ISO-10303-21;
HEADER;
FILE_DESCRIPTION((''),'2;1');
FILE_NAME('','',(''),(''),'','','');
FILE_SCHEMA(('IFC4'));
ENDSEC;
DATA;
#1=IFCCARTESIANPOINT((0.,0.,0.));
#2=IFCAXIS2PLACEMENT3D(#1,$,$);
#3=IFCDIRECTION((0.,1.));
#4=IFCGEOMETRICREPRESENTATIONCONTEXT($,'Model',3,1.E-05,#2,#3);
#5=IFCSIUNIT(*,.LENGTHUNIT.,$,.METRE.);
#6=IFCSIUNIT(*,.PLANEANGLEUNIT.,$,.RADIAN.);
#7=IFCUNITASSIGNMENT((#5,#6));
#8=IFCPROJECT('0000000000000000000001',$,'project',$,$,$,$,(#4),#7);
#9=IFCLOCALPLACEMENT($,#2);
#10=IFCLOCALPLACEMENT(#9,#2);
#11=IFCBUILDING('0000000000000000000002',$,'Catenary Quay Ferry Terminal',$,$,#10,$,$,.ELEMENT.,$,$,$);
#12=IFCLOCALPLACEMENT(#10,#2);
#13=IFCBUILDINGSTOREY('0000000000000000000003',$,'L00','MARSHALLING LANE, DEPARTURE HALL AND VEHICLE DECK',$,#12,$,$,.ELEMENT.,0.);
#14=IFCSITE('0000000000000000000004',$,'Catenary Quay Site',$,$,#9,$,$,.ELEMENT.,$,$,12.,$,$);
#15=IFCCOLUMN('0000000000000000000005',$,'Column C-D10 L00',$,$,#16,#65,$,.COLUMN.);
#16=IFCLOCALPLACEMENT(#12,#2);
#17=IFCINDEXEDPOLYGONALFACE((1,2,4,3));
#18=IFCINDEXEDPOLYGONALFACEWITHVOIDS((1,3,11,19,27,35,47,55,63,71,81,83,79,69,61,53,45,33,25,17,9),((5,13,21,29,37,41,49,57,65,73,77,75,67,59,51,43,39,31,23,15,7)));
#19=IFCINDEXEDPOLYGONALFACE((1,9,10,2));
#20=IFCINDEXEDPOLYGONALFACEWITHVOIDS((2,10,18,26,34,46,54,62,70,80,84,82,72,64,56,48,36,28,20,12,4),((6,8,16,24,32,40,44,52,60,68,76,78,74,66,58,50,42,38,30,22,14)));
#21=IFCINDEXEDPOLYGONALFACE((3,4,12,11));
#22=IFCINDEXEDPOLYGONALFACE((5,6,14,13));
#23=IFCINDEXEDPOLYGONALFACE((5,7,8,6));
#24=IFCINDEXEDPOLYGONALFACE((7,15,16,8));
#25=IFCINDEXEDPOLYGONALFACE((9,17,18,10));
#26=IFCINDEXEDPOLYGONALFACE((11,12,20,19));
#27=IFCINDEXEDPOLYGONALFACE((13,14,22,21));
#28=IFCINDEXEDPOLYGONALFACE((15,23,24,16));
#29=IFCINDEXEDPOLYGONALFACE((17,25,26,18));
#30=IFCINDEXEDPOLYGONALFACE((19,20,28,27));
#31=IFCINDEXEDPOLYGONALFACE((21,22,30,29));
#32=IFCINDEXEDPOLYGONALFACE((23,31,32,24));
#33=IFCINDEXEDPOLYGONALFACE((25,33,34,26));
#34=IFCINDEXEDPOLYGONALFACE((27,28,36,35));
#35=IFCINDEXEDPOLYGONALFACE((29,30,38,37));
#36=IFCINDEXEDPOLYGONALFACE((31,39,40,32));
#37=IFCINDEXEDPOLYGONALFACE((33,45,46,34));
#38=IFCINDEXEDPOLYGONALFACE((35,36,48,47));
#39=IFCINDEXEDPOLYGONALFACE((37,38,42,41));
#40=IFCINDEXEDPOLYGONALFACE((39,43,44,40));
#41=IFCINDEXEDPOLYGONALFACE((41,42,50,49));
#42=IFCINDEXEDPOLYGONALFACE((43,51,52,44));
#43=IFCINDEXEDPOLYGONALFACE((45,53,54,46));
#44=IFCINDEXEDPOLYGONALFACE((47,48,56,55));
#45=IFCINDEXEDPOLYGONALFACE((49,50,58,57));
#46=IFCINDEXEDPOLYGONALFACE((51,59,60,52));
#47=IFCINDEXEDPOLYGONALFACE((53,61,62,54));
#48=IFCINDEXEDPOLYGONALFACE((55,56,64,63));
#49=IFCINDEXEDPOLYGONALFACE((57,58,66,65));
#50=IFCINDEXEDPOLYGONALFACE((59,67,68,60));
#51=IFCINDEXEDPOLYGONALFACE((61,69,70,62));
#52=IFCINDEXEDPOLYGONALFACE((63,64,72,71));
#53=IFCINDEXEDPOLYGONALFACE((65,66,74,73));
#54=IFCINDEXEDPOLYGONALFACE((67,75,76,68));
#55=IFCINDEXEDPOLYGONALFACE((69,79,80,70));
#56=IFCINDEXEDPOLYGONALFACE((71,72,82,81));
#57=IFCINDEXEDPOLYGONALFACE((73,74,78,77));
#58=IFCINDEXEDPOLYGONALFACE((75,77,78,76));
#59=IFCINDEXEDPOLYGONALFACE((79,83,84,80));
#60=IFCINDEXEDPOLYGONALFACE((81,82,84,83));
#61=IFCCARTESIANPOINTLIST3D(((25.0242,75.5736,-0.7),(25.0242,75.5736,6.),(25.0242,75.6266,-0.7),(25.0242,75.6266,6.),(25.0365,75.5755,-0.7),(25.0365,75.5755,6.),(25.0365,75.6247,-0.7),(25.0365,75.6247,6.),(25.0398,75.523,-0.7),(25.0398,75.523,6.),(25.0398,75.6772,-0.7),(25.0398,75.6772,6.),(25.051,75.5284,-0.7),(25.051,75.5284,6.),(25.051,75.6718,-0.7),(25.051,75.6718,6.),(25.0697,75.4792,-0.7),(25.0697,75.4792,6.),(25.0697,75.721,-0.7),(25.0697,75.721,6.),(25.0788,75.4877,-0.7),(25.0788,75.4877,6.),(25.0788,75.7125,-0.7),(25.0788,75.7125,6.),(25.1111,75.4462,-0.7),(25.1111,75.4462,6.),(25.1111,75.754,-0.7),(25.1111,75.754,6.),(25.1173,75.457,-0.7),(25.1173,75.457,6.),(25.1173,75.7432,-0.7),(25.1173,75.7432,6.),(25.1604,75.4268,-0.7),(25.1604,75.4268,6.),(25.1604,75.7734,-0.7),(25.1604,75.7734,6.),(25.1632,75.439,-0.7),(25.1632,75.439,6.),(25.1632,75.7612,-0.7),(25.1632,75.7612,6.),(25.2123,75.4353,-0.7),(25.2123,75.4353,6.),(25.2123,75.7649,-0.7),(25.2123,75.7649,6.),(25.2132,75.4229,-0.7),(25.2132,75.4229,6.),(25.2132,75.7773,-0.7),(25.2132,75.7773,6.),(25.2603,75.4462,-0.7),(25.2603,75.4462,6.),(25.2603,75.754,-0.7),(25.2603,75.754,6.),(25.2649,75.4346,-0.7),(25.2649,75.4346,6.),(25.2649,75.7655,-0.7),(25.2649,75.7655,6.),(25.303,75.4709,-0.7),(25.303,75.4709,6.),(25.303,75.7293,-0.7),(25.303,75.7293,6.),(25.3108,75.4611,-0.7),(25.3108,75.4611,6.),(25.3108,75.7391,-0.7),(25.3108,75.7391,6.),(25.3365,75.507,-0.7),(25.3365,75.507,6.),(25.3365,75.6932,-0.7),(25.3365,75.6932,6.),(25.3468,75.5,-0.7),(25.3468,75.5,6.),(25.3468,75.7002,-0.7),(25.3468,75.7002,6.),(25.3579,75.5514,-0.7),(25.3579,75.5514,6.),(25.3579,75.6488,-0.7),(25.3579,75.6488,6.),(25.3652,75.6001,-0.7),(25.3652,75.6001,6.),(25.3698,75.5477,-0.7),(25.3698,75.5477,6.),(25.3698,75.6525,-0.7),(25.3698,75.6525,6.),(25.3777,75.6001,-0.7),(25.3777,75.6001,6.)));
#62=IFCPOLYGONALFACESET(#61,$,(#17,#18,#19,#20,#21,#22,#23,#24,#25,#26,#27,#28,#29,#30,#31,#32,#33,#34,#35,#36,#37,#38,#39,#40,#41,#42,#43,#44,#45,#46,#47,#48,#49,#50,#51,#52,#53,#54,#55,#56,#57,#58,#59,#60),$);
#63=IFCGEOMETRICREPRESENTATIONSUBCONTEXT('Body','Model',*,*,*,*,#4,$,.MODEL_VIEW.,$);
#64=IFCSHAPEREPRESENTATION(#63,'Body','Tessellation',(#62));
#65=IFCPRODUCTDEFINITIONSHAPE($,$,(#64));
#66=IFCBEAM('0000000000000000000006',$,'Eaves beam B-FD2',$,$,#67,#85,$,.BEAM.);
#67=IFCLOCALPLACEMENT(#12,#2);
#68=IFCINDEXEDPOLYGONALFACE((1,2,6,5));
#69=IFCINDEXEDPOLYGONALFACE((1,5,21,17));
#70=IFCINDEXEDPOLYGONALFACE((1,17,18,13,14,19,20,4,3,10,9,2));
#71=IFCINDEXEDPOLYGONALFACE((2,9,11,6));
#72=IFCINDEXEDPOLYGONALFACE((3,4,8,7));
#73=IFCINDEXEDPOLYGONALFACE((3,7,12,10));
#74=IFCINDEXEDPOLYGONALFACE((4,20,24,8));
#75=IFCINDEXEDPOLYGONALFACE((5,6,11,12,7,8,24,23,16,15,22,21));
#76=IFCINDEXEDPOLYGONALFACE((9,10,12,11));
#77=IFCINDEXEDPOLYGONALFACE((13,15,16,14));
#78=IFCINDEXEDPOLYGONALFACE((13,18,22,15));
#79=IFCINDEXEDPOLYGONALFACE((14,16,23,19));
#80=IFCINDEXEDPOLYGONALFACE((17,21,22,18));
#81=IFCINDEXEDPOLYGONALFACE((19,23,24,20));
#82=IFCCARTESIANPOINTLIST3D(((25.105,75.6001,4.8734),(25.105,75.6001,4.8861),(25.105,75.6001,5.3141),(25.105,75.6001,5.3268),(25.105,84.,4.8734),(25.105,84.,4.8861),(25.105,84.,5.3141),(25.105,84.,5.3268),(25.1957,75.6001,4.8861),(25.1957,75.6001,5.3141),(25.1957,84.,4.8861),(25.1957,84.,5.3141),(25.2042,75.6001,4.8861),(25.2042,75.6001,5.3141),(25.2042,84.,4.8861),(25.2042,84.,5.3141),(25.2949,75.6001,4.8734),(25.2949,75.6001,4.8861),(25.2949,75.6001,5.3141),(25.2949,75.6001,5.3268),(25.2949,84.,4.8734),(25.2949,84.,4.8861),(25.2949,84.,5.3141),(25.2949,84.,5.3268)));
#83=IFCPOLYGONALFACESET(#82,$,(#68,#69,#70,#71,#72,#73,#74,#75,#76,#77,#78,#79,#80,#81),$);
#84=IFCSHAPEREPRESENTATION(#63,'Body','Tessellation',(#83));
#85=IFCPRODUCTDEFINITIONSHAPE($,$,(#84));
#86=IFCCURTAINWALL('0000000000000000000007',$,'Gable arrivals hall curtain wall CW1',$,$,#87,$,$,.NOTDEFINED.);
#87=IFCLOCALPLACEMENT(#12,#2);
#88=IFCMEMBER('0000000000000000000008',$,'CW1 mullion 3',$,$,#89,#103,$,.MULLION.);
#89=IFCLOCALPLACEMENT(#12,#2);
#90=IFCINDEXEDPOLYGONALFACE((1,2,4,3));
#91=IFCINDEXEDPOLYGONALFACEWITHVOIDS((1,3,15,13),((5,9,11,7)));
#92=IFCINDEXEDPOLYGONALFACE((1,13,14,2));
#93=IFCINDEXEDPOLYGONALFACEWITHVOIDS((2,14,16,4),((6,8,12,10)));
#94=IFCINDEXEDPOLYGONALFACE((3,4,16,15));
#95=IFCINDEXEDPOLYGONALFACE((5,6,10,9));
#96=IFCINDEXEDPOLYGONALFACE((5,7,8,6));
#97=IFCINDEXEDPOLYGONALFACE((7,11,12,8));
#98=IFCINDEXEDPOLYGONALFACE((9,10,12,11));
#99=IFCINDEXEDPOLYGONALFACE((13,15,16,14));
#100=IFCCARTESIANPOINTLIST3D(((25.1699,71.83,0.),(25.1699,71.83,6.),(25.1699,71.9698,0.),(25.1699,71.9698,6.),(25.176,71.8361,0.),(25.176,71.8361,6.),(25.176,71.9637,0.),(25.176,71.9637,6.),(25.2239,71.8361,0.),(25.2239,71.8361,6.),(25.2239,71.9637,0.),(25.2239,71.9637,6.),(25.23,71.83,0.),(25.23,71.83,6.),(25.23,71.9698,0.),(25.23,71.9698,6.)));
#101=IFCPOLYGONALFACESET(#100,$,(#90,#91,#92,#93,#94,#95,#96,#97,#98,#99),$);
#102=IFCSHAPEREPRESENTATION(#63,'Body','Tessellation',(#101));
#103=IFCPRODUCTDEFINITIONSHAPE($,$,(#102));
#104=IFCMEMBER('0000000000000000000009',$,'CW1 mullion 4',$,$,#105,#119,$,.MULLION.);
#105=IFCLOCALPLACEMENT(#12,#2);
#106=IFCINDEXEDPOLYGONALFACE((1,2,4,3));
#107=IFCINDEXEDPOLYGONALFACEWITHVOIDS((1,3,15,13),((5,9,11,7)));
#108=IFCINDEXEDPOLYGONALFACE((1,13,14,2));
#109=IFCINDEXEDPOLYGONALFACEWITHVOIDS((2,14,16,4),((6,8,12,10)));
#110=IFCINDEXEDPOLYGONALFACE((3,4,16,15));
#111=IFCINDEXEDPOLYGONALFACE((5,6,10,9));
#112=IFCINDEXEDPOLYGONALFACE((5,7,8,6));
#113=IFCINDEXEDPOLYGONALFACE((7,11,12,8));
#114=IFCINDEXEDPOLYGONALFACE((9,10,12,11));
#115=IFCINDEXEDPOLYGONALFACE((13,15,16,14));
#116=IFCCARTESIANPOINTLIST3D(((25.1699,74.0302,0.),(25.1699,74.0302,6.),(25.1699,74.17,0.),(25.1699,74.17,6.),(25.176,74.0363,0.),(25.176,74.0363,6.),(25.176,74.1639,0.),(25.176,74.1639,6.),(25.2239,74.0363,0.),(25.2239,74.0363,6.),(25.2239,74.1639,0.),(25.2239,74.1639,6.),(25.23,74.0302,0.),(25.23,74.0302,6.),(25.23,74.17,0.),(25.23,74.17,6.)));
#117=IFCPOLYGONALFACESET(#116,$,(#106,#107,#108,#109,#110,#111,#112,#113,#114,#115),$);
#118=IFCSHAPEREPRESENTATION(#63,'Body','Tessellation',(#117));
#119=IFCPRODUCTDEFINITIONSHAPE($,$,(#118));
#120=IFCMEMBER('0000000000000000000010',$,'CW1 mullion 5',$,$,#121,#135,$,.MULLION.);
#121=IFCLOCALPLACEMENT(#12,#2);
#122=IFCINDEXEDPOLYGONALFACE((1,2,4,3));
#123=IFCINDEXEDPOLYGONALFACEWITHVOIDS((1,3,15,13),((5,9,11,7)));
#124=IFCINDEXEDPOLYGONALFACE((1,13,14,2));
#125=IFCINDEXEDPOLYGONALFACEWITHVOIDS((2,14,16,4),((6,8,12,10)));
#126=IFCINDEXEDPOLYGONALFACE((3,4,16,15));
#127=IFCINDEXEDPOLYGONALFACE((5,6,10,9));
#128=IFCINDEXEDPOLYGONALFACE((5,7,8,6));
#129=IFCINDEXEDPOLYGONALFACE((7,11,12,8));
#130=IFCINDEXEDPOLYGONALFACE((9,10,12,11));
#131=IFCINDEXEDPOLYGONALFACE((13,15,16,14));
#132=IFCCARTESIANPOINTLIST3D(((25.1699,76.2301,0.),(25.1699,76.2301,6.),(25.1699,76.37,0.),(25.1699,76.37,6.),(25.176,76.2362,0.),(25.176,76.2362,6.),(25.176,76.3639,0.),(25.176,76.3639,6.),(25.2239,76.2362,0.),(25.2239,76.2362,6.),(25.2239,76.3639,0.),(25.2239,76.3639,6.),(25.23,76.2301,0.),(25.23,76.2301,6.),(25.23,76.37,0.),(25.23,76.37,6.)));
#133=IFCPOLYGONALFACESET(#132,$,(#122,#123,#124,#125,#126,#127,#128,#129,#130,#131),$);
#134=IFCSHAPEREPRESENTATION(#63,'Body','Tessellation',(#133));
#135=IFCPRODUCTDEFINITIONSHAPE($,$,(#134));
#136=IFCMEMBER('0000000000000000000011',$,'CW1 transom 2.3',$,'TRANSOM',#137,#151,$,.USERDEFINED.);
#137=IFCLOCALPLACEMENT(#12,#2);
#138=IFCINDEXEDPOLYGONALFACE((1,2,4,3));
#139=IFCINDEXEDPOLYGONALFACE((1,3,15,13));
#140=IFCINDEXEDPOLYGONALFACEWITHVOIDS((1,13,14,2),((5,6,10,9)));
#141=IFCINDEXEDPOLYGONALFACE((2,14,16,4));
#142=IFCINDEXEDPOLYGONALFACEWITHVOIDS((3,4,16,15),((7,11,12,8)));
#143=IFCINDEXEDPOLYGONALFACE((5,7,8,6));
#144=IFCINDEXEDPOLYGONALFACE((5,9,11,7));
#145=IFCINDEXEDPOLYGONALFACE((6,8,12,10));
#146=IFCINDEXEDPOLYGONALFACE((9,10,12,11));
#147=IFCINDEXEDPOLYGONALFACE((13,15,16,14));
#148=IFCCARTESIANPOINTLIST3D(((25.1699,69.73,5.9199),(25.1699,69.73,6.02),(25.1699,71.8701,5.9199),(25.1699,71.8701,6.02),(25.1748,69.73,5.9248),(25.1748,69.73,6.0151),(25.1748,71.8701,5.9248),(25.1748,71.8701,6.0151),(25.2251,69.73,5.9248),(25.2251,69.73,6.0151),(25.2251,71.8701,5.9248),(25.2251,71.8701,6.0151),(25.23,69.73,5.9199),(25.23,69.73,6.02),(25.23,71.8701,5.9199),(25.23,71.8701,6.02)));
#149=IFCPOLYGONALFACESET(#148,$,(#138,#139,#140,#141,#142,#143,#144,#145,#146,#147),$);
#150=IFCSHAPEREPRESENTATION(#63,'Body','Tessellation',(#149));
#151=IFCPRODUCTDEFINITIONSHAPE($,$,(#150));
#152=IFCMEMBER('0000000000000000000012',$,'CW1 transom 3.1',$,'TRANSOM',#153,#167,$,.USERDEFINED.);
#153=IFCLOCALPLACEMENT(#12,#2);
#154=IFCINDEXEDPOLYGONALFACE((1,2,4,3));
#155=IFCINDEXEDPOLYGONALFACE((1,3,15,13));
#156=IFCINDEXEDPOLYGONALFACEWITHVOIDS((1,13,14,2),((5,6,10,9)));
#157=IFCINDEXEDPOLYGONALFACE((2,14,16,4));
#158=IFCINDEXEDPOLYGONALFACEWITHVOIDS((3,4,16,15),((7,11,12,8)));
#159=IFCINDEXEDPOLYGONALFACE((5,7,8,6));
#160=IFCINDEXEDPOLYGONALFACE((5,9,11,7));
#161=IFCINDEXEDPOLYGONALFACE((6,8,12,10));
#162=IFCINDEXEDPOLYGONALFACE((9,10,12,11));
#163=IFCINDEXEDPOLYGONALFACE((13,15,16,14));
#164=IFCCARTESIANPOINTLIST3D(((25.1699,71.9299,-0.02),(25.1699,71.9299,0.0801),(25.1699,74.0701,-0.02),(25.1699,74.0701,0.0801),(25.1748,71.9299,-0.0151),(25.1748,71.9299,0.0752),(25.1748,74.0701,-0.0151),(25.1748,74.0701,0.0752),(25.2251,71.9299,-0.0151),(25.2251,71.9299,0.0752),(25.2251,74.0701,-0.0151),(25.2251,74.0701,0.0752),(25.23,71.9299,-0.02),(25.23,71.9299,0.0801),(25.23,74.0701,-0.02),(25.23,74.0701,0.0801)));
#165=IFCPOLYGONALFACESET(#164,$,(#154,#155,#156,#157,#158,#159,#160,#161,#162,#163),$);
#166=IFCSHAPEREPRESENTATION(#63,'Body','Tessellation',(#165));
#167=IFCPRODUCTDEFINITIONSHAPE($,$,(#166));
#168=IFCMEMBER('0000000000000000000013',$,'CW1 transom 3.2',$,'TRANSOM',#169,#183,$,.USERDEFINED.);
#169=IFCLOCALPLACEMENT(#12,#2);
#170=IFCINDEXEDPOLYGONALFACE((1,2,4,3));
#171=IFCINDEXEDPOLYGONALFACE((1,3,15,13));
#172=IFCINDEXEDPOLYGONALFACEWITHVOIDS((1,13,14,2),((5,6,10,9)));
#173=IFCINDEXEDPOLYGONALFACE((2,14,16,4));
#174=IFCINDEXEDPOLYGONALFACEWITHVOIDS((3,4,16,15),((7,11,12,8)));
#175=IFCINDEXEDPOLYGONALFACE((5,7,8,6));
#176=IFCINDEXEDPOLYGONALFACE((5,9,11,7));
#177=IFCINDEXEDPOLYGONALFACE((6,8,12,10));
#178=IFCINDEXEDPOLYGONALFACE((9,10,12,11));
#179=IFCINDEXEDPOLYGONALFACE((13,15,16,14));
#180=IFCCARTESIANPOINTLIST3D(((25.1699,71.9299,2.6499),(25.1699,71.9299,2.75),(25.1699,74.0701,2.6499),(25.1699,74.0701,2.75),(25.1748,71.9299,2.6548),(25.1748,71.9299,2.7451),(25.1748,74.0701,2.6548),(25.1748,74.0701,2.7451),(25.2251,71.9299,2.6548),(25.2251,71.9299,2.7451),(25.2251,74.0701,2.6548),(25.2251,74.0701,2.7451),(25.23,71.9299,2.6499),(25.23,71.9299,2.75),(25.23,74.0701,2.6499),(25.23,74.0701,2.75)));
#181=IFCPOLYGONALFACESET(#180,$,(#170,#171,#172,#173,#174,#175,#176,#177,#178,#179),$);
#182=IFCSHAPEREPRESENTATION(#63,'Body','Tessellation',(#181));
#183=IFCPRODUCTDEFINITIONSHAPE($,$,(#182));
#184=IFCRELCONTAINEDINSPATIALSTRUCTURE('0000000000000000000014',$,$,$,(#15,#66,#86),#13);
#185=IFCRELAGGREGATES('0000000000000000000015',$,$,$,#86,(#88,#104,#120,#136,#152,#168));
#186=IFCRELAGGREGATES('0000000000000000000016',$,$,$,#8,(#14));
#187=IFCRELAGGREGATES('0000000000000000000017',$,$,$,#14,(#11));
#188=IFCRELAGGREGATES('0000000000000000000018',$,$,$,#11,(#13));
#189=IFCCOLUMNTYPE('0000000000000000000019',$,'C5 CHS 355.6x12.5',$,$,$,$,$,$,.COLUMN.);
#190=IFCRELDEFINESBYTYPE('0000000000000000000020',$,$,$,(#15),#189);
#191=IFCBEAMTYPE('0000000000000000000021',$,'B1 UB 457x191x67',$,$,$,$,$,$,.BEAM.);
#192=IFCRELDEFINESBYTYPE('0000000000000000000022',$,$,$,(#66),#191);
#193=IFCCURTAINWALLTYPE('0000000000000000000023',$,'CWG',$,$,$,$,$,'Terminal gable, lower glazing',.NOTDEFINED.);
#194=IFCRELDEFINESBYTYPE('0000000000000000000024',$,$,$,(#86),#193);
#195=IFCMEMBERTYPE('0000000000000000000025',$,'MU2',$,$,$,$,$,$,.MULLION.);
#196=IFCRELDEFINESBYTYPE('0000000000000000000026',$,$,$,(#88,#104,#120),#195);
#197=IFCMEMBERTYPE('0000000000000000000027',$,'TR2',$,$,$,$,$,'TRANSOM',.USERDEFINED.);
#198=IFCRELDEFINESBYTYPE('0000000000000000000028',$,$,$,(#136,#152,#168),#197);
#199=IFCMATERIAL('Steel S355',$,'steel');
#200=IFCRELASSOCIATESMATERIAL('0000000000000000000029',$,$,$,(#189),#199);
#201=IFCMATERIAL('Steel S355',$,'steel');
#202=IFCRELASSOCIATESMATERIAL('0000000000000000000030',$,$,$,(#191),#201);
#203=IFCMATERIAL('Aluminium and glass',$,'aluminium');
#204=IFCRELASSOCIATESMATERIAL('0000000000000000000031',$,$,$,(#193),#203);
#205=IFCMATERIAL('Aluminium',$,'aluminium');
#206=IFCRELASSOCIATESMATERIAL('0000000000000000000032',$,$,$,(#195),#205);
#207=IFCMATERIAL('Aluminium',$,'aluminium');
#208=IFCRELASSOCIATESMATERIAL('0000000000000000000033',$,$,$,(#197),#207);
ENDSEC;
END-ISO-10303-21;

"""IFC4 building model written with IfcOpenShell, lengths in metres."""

from ifc_helpers import new_model, si_unit, direction, frame, origin, origin_2d, place, context, subcontext, project, spatial, hollow_rectangle, hollow_circle, i_section, extrude, material, material_profile, profile_set, type_object, element, aggregate, save


model = new_model("IFC4")

# Units and contexts
model_context = context("Model", 3, precision=1e-05, world=origin(), true_north=direction((0.0, 1.0)))
body_context = subcontext(model_context, "Body", "Model", "MODEL_VIEW")
ifc_project = project(units=[si_unit("LENGTHUNIT", "METRE"), si_unit("PLANEANGLEUNIT", "RADIAN")], contexts=[model_context])

# Site, building, storey
site_placement = place(None, origin())
site = spatial("IfcSite", under=ifc_project, at=site_placement, Name="Catenary Quay Site", CompositionType="ELEMENT", RefElevation=12.0)
building_placement = place(site_placement, origin())
building = spatial("IfcBuilding", under=site, at=building_placement, Name="Catenary Quay Ferry Terminal", CompositionType="ELEMENT")
storey_placement = place(building_placement, origin())
storey = spatial("IfcBuildingStorey", under=building, at=storey_placement, Name="L00", Description="MARSHALLING LANE, DEPARTURE HALL AND VEHICLE DECK", CompositionType="ELEMENT", Elevation=0.0)

# Column
ifc_material_1 = material(Name="Steel S355", Category="steel")
ifc_material_profile_1 = material_profile(ifc_material_1, hollow_circle(Radius=0.1777, WallThickness=0.0125, at=origin_2d()), Name="CHS 355.6x12.5")
ifc_profile_set_1 = profile_set([ifc_material_profile_1], Name="Steel S355")
column_type = type_object("IfcColumnType", Name="C5 CHS 355.6x12.5", PredefinedType="COLUMN", material=ifc_profile_set_1)
column_placement = place(storey_placement, frame((25.2, 75.6001, -0.7), z_axis=(0.0, 0.0, 1.0), x_axis=(1.0, 0.0, 0.0)))
element("IfcColumn", 1, at=column_placement, inside=storey, type_object=column_type, Name="Column C-D10 L00", PredefinedType="COLUMN", context=body_context, shape_type="SweptSolid", body=[
    extrude(hollow_circle(Radius=0.1777, WallThickness=0.0125, at=origin_2d()), origin(), (0.0, 0.0, 1.0), 6.7),
])

# Beam
ifc_material_2 = material(Name="Steel S355", Category="steel")
ifc_material_profile_2 = material_profile(ifc_material_2, i_section(OverallWidth=0.1899, OverallDepth=0.4534, WebThickness=0.0085, FlangeThickness=0.0127, at=origin_2d()), Name="UB 457x191x67")
ifc_profile_set_2 = profile_set([ifc_material_profile_2], Name="Steel S355")
beam_type = type_object("IfcBeamType", Name="B1 UB 457x191x67", PredefinedType="BEAM", material=ifc_profile_set_2)
beam_placement = place(storey_placement, frame((25.2, 75.6001, 5.1001), z_axis=(0.0, 1.0, 0.0), x_axis=(-1.0, 0.0, 0.0)))
element("IfcBeam", 2, at=beam_placement, inside=storey, type_object=beam_type, Name="Eaves beam B-FD2", PredefinedType="BEAM", context=body_context, shape_type="SweptSolid", body=[
    extrude(i_section(OverallWidth=0.1899, OverallDepth=0.4534, WebThickness=0.0085, FlangeThickness=0.0127, at=origin_2d()), origin(), (0.0, 0.0, 1.0), 8.3999),
])

# Curtain wall, members
ifc_material_3 = material(Name="Aluminium and glass", Category="aluminium")
curtain_wall_type = type_object("IfcCurtainWallType", Name="CWG", ElementType="Terminal gable, lower glazing", PredefinedType="NOTDEFINED", material=ifc_material_3)
curtain_wall_placement = place(storey_placement, origin())
curtain_wall = element("IfcCurtainWall", 3, at=curtain_wall_placement, inside=storey, type_object=curtain_wall_type, Name="Gable arrivals hall curtain wall CW1", PredefinedType="NOTDEFINED")
ifc_material_4 = material(Name="Aluminium", Category="aluminium")
ifc_material_profile_3 = material_profile(ifc_material_4, hollow_rectangle(XDim=0.0601, YDim=0.1399, WallThickness=0.0061, at=origin_2d()), Name="MU2")
ifc_profile_set_3 = profile_set([ifc_material_profile_3], Name="Aluminium")
member_type_1 = type_object("IfcMemberType", Name="MU2", PredefinedType="MULLION", material=ifc_profile_set_3)
member_1_placement = place(storey_placement, frame((25.2, 71.8999, 0.0), z_axis=(0.0, 0.0, 1.0), x_axis=(-1.0, 0.0, 0.0)))
member_1 = element("IfcMember", 4, at=member_1_placement, type_object=member_type_1, Name="CW1 mullion 3", PredefinedType="MULLION", context=body_context, shape_type="SweptSolid", body=[
    extrude(hollow_rectangle(XDim=0.0601, YDim=0.1399, WallThickness=0.0061, at=origin_2d()), origin(), (0.0, 0.0, 1.0), 6.0),
])
member_2_placement = place(storey_placement, frame((25.2, 74.1001, 0.0), z_axis=(0.0, 0.0, 1.0), x_axis=(-1.0, 0.0, 0.0)))
member_2 = element("IfcMember", 5, at=member_2_placement, type_object=member_type_1, Name="CW1 mullion 4", PredefinedType="MULLION", context=body_context, shape_type="SweptSolid", body=[
    extrude(hollow_rectangle(XDim=0.0601, YDim=0.1399, WallThickness=0.0061, at=origin_2d()), origin(), (0.0, 0.0, 1.0), 6.0),
])
member_3_placement = place(storey_placement, frame((25.2, 76.3, 0.0), z_axis=(0.0, 0.0, 1.0), x_axis=(-1.0, 0.0, 0.0)))
member_3 = element("IfcMember", 6, at=member_3_placement, type_object=member_type_1, Name="CW1 mullion 5", PredefinedType="MULLION", context=body_context, shape_type="SweptSolid", body=[
    extrude(hollow_rectangle(XDim=0.0601, YDim=0.1399, WallThickness=0.0061, at=origin_2d()), origin(), (0.0, 0.0, 1.0), 6.0),
])
ifc_material_5 = material(Name="Aluminium", Category="aluminium")
ifc_material_profile_4 = material_profile(ifc_material_5, hollow_rectangle(XDim=0.0601, YDim=0.1001, WallThickness=0.0049, at=origin_2d()), Name="TR2")
ifc_profile_set_4 = profile_set([ifc_material_profile_4], Name="Aluminium")
member_type_2 = type_object("IfcMemberType", Name="TR2", ElementType="TRANSOM", PredefinedType="USERDEFINED", material=ifc_profile_set_4)
member_4_placement = place(storey_placement, frame((25.2, 69.73, 5.97), z_axis=(0.0, 1.0, 0.0), x_axis=(-1.0, 0.0, 0.0)))
member_4 = element("IfcMember", 7, at=member_4_placement, type_object=member_type_2, Name="CW1 transom 2.3", ObjectType="TRANSOM", PredefinedType="USERDEFINED", context=body_context, shape_type="SweptSolid", body=[
    extrude(hollow_rectangle(XDim=0.0601, YDim=0.1001, WallThickness=0.0049, at=origin_2d()), origin(), (0.0, 0.0, 1.0), 2.1401),
])
member_5_placement = place(storey_placement, frame((25.2, 71.9299, 0.03), z_axis=(0.0, 1.0, 0.0), x_axis=(-1.0, 0.0, 0.0)))
member_5 = element("IfcMember", 8, at=member_5_placement, type_object=member_type_2, Name="CW1 transom 3.1", ObjectType="TRANSOM", PredefinedType="USERDEFINED", context=body_context, shape_type="SweptSolid", body=[
    extrude(hollow_rectangle(XDim=0.0601, YDim=0.1001, WallThickness=0.0049, at=origin_2d()), origin(), (0.0, 0.0, 1.0), 2.1401),
])
member_6_placement = place(storey_placement, frame((25.2, 71.9299, 2.7), z_axis=(0.0, 1.0, 0.0), x_axis=(-1.0, 0.0, 0.0)))
member_6 = element("IfcMember", 9, at=member_6_placement, type_object=member_type_2, Name="CW1 transom 3.2", ObjectType="TRANSOM", PredefinedType="USERDEFINED", context=body_context, shape_type="SweptSolid", body=[
    extrude(hollow_rectangle(XDim=0.0601, YDim=0.1001, WallThickness=0.0049, at=origin_2d()), origin(), (0.0, 0.0, 1.0), 2.1401),
])
aggregate(curtain_wall, [member_1, member_2, member_3, member_4, member_5, member_6])

save(model, "model.ifc")
